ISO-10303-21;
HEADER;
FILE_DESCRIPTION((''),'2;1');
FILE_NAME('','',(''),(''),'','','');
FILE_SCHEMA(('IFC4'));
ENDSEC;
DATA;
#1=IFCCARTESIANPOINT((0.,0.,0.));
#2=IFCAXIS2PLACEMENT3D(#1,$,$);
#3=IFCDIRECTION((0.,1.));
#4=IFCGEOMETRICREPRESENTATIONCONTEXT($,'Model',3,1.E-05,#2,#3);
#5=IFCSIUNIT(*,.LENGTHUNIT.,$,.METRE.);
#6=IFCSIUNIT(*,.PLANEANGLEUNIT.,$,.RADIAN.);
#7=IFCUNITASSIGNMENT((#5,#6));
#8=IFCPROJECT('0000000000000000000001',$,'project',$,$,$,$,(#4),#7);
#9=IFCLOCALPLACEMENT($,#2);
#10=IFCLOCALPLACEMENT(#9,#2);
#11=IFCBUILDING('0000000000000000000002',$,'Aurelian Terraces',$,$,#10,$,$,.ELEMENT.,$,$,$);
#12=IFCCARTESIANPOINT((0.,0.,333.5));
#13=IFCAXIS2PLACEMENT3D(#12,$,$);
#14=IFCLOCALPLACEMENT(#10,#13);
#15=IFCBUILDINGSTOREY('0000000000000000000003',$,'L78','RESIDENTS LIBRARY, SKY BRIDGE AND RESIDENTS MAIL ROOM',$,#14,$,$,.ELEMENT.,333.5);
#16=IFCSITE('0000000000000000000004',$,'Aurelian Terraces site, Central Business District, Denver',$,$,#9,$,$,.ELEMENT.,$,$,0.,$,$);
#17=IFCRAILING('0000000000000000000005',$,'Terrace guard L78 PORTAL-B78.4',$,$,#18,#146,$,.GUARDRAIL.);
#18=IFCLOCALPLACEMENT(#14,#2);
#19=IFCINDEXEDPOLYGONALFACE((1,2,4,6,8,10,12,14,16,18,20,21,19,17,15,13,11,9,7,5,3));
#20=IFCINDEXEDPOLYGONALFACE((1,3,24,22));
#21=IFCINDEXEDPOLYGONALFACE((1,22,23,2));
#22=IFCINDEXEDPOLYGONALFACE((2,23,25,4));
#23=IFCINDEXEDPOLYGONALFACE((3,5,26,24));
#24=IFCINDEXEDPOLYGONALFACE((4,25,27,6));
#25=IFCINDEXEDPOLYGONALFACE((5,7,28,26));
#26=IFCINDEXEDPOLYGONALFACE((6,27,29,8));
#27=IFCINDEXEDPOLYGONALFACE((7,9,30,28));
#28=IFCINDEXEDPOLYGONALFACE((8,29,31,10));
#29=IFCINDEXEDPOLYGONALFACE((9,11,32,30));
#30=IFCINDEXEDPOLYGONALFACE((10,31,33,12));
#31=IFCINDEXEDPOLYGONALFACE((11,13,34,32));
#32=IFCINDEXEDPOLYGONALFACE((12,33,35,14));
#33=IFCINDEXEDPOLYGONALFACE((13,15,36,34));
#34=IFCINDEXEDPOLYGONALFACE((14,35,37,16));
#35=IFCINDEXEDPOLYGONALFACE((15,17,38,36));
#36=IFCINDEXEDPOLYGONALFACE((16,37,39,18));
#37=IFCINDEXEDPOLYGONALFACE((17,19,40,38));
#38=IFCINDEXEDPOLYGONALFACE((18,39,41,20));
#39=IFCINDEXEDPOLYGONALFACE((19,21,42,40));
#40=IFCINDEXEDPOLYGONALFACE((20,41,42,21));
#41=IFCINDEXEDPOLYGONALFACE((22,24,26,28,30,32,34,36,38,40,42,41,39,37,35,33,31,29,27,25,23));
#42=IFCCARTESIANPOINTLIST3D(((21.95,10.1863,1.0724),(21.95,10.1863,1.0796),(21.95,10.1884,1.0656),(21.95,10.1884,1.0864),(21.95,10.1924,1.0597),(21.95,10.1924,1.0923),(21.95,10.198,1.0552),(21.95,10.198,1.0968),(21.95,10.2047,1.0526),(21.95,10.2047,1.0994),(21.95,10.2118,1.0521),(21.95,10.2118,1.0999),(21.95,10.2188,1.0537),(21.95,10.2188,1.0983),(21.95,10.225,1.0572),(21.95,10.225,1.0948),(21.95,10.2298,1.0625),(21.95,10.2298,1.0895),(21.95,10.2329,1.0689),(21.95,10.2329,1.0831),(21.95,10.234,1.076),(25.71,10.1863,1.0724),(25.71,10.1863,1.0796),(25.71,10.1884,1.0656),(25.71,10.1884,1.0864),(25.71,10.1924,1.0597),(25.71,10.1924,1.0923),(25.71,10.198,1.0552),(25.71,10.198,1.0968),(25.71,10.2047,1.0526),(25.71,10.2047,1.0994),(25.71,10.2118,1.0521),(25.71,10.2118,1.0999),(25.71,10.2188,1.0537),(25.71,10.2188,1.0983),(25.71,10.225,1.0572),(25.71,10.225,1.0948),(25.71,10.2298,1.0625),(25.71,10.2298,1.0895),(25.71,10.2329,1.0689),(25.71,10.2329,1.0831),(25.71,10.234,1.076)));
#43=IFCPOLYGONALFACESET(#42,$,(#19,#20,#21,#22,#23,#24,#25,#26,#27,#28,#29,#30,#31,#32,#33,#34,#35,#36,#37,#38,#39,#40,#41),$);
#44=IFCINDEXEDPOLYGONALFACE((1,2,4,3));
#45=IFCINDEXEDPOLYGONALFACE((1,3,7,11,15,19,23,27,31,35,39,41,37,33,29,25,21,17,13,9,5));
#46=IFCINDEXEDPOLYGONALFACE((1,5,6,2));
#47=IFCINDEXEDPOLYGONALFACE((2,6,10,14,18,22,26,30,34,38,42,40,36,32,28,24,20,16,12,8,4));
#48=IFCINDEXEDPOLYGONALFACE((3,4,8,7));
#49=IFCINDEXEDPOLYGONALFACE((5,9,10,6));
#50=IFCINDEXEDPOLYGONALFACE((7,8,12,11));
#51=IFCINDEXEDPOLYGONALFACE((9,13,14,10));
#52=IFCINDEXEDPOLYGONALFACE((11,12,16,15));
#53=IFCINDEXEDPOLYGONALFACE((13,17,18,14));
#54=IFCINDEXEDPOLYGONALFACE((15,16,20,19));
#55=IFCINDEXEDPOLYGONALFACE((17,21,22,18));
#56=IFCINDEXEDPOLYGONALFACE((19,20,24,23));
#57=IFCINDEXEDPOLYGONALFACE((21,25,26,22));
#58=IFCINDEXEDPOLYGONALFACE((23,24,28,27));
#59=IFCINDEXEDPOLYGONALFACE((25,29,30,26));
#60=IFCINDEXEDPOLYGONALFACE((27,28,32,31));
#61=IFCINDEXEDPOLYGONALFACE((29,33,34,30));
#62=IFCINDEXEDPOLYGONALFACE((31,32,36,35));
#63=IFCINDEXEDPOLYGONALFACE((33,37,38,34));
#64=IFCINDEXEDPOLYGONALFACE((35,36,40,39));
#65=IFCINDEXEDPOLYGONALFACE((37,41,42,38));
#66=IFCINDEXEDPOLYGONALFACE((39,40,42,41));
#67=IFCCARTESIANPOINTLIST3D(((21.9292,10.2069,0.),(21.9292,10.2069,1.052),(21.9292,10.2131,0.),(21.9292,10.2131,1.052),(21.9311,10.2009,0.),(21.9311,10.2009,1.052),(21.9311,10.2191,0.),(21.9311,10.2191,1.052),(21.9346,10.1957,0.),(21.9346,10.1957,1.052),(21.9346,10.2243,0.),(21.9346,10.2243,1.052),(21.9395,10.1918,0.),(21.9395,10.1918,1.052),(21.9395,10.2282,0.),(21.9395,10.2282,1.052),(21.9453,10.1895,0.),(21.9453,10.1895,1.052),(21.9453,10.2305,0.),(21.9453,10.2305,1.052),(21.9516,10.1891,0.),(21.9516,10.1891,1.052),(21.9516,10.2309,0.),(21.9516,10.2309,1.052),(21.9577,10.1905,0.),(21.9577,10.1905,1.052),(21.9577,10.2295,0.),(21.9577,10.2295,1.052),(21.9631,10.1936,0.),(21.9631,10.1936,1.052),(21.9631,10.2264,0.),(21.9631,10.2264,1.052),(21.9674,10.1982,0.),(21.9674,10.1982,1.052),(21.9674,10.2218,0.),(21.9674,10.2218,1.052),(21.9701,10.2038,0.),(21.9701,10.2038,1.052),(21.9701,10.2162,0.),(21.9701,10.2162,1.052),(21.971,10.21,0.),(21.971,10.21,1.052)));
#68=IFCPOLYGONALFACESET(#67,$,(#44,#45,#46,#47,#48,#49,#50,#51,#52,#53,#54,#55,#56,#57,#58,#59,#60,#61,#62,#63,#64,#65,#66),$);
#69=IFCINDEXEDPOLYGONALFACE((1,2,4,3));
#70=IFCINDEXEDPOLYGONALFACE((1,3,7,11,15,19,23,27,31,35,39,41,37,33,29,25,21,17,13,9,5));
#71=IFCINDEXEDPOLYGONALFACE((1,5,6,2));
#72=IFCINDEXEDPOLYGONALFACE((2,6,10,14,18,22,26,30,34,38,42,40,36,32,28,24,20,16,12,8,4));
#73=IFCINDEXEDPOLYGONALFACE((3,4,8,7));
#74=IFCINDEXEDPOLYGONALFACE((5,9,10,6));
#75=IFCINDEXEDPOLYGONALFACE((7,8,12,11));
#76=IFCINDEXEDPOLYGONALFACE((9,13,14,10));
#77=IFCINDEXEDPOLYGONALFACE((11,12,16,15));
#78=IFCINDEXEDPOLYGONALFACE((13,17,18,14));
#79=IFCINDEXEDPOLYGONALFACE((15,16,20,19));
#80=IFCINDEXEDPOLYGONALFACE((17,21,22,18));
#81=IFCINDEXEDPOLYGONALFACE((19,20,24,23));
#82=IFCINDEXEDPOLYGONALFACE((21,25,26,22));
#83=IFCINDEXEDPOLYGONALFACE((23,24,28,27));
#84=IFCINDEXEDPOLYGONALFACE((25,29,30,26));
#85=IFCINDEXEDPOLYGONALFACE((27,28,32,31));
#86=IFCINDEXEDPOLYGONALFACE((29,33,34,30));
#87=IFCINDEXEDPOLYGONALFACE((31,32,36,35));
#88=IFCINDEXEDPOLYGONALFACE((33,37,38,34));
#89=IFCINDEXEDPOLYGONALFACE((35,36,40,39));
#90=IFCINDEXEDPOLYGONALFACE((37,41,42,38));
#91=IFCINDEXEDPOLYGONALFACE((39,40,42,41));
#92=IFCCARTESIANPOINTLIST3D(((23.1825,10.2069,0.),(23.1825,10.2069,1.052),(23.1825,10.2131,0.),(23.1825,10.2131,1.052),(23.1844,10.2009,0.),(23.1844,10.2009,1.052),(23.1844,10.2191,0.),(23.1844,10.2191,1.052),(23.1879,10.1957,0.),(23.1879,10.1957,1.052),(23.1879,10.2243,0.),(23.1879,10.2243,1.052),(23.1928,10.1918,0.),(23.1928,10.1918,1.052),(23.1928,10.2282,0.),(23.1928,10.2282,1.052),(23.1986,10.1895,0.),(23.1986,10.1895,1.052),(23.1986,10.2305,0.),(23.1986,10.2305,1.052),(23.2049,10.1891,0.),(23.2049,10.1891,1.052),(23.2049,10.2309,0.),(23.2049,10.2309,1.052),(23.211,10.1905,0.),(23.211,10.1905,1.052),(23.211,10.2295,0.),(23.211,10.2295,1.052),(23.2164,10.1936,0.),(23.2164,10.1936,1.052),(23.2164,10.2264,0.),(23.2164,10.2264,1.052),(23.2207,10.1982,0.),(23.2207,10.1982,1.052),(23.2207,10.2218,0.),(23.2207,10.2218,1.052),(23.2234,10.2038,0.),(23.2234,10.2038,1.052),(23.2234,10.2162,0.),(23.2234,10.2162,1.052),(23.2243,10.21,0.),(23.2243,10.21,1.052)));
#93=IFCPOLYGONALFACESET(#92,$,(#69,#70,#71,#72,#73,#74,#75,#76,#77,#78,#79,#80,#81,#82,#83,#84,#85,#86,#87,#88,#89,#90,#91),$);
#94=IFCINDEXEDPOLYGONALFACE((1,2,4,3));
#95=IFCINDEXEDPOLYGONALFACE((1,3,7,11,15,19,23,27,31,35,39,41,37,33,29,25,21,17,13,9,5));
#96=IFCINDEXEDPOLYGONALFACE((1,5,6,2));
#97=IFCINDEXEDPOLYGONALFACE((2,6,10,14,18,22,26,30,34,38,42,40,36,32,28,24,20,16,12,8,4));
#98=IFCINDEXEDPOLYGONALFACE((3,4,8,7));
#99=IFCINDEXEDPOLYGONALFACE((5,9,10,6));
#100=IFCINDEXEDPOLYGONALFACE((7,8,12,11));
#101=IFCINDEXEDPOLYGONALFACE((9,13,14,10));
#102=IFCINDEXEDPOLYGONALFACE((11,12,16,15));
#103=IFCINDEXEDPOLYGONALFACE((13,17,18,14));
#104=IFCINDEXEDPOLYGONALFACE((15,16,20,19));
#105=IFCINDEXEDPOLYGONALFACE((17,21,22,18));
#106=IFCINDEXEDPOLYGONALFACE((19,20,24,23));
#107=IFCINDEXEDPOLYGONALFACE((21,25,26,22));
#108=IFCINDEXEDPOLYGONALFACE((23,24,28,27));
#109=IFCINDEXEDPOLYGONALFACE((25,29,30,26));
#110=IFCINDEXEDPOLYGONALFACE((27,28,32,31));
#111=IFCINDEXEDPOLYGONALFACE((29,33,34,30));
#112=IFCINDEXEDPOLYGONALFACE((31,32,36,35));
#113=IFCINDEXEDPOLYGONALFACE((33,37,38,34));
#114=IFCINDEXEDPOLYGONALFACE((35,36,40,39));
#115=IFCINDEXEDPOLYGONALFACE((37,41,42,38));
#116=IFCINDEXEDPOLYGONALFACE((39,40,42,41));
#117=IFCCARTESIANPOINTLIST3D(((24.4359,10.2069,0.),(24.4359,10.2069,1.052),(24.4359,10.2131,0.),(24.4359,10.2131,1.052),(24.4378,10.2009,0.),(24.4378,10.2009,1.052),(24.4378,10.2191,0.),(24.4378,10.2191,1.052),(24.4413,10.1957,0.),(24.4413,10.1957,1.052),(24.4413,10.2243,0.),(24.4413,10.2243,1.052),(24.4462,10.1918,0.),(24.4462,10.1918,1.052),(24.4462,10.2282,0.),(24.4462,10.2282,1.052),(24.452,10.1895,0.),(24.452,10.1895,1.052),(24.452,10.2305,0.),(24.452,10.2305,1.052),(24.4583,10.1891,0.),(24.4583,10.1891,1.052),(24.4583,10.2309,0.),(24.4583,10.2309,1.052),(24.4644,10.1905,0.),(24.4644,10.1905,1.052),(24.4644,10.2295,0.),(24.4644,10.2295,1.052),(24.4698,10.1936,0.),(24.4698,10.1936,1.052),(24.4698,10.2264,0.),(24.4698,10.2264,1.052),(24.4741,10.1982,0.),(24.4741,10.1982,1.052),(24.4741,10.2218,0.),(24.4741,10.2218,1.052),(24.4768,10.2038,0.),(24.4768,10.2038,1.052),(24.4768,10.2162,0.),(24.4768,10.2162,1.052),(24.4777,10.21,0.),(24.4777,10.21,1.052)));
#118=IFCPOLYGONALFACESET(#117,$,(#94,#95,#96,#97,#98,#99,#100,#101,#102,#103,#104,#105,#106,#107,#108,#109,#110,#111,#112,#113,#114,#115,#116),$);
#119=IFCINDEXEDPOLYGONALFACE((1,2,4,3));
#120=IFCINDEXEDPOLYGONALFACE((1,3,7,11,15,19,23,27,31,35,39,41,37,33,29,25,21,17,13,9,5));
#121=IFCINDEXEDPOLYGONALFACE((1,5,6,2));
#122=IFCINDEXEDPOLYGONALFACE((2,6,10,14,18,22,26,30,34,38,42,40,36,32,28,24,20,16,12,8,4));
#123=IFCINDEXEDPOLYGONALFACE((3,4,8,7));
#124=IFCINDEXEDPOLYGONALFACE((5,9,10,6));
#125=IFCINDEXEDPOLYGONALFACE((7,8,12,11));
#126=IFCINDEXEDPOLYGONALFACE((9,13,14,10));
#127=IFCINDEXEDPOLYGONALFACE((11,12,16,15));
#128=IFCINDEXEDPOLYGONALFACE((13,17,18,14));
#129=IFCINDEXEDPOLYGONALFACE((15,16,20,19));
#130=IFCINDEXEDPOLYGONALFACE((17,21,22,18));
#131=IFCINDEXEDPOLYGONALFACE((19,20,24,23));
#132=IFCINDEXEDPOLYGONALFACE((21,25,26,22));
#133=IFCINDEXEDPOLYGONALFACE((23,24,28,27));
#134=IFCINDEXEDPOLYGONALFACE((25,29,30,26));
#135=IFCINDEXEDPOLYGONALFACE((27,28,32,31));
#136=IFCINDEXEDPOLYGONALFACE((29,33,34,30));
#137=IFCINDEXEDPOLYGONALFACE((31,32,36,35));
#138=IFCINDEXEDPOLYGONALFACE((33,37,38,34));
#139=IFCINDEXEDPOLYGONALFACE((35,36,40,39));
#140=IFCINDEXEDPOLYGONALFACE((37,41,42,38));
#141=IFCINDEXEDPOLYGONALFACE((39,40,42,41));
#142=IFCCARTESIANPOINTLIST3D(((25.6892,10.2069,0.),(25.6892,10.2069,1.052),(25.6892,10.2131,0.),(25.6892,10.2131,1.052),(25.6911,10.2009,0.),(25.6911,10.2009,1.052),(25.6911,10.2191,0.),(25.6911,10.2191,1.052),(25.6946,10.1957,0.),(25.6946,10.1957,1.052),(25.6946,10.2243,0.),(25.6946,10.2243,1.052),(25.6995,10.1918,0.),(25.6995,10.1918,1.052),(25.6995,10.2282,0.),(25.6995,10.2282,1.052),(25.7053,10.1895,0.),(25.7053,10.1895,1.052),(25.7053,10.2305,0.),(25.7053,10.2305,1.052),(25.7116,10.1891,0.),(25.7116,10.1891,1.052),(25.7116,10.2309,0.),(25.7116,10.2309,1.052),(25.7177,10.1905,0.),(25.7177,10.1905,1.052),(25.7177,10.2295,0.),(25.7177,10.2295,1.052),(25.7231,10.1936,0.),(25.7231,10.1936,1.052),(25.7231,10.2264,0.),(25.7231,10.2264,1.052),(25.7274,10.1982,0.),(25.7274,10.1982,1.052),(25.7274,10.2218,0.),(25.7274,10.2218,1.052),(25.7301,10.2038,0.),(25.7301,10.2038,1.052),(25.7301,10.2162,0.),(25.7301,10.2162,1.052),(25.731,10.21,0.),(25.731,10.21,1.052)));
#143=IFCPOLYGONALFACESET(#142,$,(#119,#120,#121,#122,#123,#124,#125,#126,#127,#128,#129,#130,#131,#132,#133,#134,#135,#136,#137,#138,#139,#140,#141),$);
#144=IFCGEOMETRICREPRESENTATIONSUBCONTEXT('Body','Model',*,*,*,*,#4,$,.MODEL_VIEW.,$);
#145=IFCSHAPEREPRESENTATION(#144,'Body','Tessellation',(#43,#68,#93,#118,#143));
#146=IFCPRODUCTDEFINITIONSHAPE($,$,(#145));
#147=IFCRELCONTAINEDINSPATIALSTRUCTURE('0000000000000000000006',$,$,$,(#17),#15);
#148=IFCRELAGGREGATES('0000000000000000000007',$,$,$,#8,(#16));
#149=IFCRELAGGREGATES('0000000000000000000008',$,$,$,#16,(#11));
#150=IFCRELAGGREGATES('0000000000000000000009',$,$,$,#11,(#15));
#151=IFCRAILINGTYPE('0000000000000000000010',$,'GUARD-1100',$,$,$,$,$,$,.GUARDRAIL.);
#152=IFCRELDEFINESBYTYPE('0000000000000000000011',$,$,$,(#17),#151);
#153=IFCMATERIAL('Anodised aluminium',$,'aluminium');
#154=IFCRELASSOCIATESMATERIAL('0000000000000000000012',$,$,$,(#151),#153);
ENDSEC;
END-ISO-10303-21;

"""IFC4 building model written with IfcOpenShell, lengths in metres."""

from ifc_helpers import new_model, si_unit, direction, frame, origin, origin_2d, place, context, subcontext, project, spatial, circle, extrude, material, type_object, element, save


model = new_model("IFC4")

# Units and contexts
model_context = context("Model", 3, precision=1e-05, world=origin(), true_north=direction((0.0, 1.0)))
body_context = subcontext(model_context, "Body", "Model", "MODEL_VIEW")
ifc_project = project(units=[si_unit("LENGTHUNIT", "METRE"), si_unit("PLANEANGLEUNIT", "RADIAN")], contexts=[model_context])

# Site, building, storey
site_placement = place(None, origin())
site = spatial("IfcSite", under=ifc_project, at=site_placement, Name="Aurelian Terraces site, Central Business District, Denver", CompositionType="ELEMENT", RefElevation=0.0)
building_placement = place(site_placement, origin())
building = spatial("IfcBuilding", under=site, at=building_placement, Name="Aurelian Terraces", CompositionType="ELEMENT")
storey_placement = place(building_placement, frame((0.0, 0.0, 333.5)))
storey = spatial("IfcBuildingStorey", under=building, at=storey_placement, Name="L78", Description="RESIDENTS LIBRARY, SKY BRIDGE AND RESIDENTS MAIL ROOM", CompositionType="ELEMENT", Elevation=333.5)

# Railing
ifc_material_1 = material(Name="Anodised aluminium", Category="aluminium")
railing_type = type_object("IfcRailingType", Name="GUARD-1100", PredefinedType="GUARDRAIL", material=ifc_material_1)
railing_1_placement = place(storey_placement, frame((21.95, 10.21, 0.0)))
element("IfcRailing", 1, at=railing_1_placement, inside=storey, type_object=railing_type, Name="Terrace guard L78 PORTAL-B78.4", PredefinedType="GUARDRAIL", context=body_context, shape_type="SweptSolid", body=[
    extrude(circle(Radius=0.024, at=origin_2d()), frame((0.0, 0.0, 1.076), z_axis=(1.0, 0.0, 0.0), x_axis=(0.0, 1.0, 0.0)), (0.0, 0.0, 1.0), 3.76),
    extrude(circle(Radius=0.021, at=origin_2d()), origin(), (0.0, 0.0, 1.0), 1.052),
    extrude(circle(Radius=0.021, at=origin_2d()), frame((1.2533, 0.0, 0.0)), (0.0, 0.0, 1.0), 1.052),
    extrude(circle(Radius=0.021, at=origin_2d()), frame((2.5067, 0.0, 0.0)), (0.0, 0.0, 1.0), 1.052),
    extrude(circle(Radius=0.021, at=origin_2d()), frame((3.76, 0.0, 0.0)), (0.0, 0.0, 1.0), 1.052),
])

save(model, "model.ifc")
